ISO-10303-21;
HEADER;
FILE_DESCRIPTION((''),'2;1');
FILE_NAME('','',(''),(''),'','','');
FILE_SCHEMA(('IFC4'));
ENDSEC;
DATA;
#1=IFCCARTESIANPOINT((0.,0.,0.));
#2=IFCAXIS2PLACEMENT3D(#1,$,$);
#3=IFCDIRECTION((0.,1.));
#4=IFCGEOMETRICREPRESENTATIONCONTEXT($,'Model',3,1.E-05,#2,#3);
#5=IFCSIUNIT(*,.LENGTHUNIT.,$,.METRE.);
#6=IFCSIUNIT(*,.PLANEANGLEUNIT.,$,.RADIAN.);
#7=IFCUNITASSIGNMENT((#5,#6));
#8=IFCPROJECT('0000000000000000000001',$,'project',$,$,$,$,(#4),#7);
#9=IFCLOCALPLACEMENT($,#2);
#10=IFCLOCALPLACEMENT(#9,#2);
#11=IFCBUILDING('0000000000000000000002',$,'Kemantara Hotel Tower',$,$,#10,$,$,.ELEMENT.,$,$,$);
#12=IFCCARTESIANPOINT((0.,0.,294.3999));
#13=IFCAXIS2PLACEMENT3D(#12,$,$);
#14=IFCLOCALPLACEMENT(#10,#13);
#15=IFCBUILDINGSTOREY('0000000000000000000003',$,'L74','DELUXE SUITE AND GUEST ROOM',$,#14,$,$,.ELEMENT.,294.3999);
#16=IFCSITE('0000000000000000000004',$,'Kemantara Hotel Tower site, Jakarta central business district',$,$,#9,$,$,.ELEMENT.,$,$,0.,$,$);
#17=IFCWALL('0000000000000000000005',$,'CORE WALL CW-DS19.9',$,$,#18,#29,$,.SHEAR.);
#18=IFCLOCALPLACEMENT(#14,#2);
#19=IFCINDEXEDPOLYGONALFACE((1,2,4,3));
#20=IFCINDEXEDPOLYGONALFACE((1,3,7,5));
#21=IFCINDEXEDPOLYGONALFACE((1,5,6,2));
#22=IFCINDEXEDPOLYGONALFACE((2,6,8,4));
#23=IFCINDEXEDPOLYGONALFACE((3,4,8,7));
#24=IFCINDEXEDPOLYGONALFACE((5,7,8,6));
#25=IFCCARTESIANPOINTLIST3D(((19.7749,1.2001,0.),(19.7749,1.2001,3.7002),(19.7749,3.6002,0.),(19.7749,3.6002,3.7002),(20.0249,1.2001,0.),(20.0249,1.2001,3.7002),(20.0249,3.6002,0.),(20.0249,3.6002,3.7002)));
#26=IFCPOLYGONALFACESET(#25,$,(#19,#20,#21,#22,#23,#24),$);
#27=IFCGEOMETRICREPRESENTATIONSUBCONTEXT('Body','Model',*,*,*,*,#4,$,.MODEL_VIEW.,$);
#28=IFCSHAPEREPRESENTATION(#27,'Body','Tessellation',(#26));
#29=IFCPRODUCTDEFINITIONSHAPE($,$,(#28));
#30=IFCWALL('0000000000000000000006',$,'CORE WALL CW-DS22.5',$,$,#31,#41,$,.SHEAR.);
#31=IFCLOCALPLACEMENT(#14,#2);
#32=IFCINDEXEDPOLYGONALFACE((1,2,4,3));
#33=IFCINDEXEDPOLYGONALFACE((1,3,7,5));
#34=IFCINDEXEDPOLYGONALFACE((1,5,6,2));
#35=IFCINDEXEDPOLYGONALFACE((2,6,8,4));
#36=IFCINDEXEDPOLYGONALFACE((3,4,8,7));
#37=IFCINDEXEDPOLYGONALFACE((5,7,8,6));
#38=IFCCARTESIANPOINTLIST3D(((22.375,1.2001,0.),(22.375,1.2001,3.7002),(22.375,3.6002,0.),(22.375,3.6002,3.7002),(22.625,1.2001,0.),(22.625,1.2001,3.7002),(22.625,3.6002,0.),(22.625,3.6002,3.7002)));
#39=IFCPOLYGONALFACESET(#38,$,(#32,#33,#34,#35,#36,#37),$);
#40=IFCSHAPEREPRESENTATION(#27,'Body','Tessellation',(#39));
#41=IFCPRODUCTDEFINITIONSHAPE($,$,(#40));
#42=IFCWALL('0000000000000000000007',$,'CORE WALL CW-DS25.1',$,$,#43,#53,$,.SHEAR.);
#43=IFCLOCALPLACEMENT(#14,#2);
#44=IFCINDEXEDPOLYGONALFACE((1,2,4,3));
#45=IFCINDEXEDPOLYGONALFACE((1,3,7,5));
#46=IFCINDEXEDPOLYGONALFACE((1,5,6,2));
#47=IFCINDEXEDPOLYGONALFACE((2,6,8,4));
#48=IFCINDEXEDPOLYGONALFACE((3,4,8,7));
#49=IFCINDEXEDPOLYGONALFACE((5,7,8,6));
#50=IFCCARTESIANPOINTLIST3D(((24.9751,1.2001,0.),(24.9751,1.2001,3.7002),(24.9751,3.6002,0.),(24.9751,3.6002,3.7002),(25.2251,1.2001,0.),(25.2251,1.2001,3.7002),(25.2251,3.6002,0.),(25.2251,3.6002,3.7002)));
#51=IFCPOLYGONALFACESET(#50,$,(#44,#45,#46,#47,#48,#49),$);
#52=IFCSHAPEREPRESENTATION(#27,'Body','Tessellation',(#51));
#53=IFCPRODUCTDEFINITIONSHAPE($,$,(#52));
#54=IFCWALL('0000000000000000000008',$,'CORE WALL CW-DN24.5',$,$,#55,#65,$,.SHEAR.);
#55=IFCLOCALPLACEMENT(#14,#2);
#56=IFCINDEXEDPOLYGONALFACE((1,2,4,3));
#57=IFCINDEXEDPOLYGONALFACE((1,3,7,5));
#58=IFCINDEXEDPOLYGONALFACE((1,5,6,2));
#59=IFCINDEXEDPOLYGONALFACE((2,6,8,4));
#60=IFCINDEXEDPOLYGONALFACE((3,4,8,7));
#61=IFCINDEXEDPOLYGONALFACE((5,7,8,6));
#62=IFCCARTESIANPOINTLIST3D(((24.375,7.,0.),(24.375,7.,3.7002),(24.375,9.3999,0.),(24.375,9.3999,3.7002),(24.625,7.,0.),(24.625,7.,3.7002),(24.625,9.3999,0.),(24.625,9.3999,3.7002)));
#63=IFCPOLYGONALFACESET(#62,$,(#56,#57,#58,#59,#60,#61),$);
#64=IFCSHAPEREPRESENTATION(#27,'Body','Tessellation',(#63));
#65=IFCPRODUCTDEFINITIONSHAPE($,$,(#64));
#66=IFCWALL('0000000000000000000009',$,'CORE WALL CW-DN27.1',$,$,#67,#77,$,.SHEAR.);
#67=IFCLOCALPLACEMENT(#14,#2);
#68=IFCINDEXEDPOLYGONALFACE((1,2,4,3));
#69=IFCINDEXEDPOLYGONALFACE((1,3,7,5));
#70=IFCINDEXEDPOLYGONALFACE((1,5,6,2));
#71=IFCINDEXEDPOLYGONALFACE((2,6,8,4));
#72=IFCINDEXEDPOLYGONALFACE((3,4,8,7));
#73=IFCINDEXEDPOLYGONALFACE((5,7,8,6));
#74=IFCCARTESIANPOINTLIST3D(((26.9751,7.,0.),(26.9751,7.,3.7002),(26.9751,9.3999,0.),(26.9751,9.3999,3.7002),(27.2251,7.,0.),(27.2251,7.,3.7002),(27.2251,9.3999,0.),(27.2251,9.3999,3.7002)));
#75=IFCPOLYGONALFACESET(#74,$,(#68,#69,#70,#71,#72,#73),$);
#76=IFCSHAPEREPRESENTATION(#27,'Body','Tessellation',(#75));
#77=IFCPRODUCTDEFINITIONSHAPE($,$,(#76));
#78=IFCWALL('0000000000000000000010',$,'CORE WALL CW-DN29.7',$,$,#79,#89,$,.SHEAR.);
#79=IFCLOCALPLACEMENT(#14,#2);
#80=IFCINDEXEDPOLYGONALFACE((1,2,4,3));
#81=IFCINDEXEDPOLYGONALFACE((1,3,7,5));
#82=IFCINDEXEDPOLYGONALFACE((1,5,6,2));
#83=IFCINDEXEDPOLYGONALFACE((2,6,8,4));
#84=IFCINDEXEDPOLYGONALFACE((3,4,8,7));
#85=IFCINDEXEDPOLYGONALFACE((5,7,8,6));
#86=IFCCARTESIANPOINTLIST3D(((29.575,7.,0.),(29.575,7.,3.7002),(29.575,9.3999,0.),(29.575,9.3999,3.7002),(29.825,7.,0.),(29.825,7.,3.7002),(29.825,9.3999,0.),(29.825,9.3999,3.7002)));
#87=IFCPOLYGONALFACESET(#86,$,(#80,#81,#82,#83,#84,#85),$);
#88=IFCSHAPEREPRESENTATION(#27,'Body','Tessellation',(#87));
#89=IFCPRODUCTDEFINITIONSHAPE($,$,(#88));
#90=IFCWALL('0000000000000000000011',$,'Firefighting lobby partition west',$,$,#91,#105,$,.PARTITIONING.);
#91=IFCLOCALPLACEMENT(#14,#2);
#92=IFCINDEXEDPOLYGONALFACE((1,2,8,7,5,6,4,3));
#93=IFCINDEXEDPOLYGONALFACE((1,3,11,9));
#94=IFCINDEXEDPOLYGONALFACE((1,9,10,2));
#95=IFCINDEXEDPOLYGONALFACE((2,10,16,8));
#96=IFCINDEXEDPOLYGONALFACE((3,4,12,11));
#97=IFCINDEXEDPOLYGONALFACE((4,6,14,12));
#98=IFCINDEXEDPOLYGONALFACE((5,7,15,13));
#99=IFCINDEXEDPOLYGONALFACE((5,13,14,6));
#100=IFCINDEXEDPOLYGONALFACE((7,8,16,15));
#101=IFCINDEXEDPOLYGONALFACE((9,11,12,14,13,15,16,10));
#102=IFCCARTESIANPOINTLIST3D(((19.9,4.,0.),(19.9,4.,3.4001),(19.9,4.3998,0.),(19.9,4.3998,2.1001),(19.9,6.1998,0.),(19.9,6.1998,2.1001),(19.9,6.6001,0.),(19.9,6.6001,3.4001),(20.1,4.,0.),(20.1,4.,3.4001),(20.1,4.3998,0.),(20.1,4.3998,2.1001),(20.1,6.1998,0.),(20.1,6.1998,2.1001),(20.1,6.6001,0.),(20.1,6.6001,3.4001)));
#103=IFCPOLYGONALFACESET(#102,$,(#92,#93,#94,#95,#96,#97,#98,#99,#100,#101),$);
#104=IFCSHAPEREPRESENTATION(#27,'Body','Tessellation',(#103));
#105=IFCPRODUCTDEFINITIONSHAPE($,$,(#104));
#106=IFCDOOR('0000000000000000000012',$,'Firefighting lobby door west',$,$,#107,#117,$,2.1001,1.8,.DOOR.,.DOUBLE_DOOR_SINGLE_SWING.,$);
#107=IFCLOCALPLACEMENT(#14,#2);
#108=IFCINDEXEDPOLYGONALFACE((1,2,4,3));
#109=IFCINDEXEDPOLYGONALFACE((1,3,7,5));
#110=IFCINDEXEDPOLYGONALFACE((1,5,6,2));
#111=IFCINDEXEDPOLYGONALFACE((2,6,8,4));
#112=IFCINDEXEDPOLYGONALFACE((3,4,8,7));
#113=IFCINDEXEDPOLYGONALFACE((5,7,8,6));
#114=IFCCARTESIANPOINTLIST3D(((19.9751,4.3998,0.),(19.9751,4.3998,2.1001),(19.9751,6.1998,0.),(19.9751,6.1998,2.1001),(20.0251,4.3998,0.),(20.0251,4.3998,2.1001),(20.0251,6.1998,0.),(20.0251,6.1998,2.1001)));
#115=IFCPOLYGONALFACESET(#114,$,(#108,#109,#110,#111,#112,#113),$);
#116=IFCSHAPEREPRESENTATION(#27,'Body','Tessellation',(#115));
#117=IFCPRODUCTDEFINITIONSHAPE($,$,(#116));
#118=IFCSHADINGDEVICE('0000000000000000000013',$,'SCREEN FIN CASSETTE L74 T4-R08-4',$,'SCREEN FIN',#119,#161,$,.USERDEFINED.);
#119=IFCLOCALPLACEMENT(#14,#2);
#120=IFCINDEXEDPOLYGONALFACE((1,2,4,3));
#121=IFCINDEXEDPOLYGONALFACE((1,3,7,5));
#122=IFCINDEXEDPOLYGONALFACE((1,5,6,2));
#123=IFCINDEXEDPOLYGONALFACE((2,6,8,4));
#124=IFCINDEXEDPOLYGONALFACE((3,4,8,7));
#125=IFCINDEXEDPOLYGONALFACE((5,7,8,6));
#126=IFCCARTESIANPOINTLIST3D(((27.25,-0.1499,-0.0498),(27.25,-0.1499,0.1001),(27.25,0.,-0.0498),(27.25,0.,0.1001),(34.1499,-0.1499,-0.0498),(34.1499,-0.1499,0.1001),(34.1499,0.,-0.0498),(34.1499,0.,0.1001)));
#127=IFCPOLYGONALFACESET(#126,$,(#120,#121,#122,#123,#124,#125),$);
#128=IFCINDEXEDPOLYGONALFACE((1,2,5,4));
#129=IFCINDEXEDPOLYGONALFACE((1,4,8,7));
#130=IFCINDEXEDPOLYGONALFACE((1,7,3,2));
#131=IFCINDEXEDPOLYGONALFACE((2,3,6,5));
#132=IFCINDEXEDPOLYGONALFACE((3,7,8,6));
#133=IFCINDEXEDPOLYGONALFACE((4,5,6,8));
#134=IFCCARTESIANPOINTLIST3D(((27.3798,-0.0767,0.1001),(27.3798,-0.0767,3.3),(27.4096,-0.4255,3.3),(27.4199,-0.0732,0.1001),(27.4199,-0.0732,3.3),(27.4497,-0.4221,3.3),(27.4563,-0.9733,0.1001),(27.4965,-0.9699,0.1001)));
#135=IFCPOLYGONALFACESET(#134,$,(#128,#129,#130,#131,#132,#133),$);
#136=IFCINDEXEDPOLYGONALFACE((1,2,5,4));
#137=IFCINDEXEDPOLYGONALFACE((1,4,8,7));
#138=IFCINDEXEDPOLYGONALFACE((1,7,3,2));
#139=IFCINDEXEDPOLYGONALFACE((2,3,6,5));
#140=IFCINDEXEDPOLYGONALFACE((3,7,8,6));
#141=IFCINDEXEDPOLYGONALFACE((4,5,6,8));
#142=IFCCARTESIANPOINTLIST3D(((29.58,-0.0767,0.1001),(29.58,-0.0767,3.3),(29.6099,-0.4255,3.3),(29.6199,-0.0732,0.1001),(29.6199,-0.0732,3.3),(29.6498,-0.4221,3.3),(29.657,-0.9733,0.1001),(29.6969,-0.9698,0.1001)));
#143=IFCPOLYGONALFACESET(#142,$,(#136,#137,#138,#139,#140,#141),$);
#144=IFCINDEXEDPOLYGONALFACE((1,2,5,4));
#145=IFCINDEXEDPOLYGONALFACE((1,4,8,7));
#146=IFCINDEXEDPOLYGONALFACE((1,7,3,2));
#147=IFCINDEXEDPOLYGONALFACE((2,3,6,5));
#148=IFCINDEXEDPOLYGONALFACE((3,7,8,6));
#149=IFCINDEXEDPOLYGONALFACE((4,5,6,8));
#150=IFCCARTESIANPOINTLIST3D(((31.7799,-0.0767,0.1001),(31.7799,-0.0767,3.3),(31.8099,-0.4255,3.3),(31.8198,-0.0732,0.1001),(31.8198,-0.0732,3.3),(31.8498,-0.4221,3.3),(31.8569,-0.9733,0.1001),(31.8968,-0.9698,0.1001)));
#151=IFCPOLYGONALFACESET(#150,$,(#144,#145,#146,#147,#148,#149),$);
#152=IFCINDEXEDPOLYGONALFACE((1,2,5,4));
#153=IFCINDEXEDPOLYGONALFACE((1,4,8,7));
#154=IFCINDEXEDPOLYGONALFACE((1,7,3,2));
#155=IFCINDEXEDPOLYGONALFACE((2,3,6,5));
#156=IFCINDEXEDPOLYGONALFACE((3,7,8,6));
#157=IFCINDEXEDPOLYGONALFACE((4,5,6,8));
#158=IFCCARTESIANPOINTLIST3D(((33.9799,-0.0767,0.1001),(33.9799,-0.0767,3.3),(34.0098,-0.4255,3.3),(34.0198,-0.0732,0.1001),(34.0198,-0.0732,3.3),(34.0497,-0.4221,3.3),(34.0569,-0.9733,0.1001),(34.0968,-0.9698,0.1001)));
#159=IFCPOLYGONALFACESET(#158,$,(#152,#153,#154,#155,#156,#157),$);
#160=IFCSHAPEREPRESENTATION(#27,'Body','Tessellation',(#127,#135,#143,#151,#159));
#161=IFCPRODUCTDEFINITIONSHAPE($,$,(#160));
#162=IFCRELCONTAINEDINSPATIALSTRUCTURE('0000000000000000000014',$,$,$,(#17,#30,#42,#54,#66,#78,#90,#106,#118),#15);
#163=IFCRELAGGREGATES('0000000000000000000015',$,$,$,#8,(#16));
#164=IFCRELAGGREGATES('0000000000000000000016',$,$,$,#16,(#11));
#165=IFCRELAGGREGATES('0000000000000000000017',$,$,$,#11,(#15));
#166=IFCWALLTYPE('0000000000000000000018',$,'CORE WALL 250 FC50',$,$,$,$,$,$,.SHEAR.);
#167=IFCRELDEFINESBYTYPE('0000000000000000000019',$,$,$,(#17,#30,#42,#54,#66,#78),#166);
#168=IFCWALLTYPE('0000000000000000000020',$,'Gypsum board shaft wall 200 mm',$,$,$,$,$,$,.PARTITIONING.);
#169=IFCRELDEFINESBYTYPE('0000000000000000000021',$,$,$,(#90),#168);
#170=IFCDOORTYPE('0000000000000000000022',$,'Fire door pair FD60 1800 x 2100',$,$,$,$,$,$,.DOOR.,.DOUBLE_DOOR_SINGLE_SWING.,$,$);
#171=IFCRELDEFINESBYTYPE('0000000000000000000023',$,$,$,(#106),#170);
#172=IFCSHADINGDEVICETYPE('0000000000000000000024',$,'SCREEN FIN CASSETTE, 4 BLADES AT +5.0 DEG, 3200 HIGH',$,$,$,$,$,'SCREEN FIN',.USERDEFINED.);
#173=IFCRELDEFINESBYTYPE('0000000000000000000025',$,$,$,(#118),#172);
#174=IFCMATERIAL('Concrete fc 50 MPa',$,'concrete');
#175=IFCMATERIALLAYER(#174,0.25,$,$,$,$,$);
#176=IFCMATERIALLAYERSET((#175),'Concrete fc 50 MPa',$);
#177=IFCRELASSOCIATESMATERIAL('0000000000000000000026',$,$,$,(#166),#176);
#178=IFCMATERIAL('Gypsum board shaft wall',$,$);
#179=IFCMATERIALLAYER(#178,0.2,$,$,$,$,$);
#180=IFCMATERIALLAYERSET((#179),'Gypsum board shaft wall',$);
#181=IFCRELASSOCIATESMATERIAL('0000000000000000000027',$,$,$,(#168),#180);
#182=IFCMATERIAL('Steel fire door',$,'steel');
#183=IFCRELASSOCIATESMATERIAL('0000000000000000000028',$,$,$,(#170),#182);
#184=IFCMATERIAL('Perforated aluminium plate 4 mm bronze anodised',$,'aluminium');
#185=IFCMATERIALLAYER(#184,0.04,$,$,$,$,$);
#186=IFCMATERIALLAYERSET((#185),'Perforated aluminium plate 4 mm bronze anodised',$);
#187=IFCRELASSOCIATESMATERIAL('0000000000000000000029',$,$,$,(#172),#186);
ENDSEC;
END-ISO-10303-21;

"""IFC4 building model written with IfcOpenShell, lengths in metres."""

from ifc_helpers import new_model, si_unit, direction, frame, frame_2d, origin, origin_2d, place, context, subcontext, project, spatial, polyline, rectangle, outline, extrude, source, transform, mapped, material, layer, layer_set, type_object, element, fill, save


model = new_model("IFC4")

# Units and contexts
model_context = context("Model", 3, precision=1e-05, world=origin(), true_north=direction((0.0, 1.0)))
body_context = subcontext(model_context, "Body", "Model", "MODEL_VIEW")
ifc_project = project(units=[si_unit("LENGTHUNIT", "METRE"), si_unit("PLANEANGLEUNIT", "RADIAN")], contexts=[model_context])

# Site, building, storey
site_placement = place(None, origin())
site = spatial("IfcSite", under=ifc_project, at=site_placement, Name="Kemantara Hotel Tower site, Jakarta central business district", CompositionType="ELEMENT", RefElevation=0.0)
building_placement = place(site_placement, origin())
building = spatial("IfcBuilding", under=site, at=building_placement, Name="Kemantara Hotel Tower", CompositionType="ELEMENT")
storey_placement = place(building_placement, frame((0.0, 0.0, 294.3999)))
storey = spatial("IfcBuildingStorey", under=building, at=storey_placement, Name="L74", Description="DELUXE SUITE AND GUEST ROOM", CompositionType="ELEMENT", Elevation=294.3999)

# Walls
ifc_material_1 = material(Name="Concrete fc 50 MPa", Category="concrete")
ifc_layer_1 = layer(ifc_material_1, 0.25)
ifc_layer_set_1 = layer_set([ifc_layer_1], Name="Concrete fc 50 MPa")
wall_type_1 = type_object("IfcWallType", Name="CORE WALL 250 FC50", PredefinedType="SHEAR", material=ifc_layer_set_1)
for number, where, z_axis, x_axis, name in (
    (1, (19.8999, 1.2, 0.0), (0.0, 0.0, 1.0), (0.0, 1.0, 0.0), "CORE WALL CW-DS19.9"),
    (2, (22.5, 1.2, 0.0), (0.0, 0.0, 1.0), (0.0, 1.0, 0.0), "CORE WALL CW-DS22.5"),
    (3, (25.1001, 1.2, 0.0), (0.0, 0.0, 1.0), (0.0, 1.0, 0.0), "CORE WALL CW-DS25.1"),
):
    element("IfcWall", number, at=place(storey_placement, frame(where, z_axis=z_axis, x_axis=x_axis)), inside=storey, type_object=wall_type_1, Name=name, PredefinedType="SHEAR", context=body_context, shape_type="SweptSolid", body=[
        extrude(rectangle(XDim=2.4001, YDim=0.25, at=frame_2d((1.2002, 0.0))), origin(), (0.0, 0.0, 1.0), 3.7002),
    ])
for number, where, z_axis, x_axis, name in (
    (4, (24.5, 7.0, 0.0), (0.0, 0.0, 1.0), (0.0, 1.0, 0.0), "CORE WALL CW-DN24.5"),
    (5, (27.1001, 7.0, 0.0), (0.0, 0.0, 1.0), (0.0, 1.0, 0.0), "CORE WALL CW-DN27.1"),
    (6, (29.7, 7.0, 0.0), (0.0, 0.0, 1.0), (0.0, 1.0, 0.0), "CORE WALL CW-DN29.7"),
):
    element("IfcWall", number, at=place(storey_placement, frame(where, z_axis=z_axis, x_axis=x_axis)), inside=storey, type_object=wall_type_1, Name=name, PredefinedType="SHEAR", context=body_context, shape_type="SweptSolid", body=[
        extrude(rectangle(XDim=2.3999, YDim=0.25, at=frame_2d((1.2, 0.0))), origin(), (0.0, 0.0, 1.0), 3.7002),
    ])

# Wall, opening, door
ifc_material_2 = material(Name="Gypsum board shaft wall")
ifc_layer_2 = layer(ifc_material_2, 0.2)
ifc_layer_set_2 = layer_set([ifc_layer_2], Name="Gypsum board shaft wall")
wall_type_2 = type_object("IfcWallType", Name="Gypsum board shaft wall 200 mm", PredefinedType="PARTITIONING", material=ifc_layer_set_2)
wall_placement = place(storey_placement, frame((20.0, 4.0, 0.0), z_axis=(0.0, 0.0, 1.0), x_axis=(0.0, 1.0, 0.0)))
wall = element("IfcWall", 7, at=wall_placement, inside=storey, type_object=wall_type_2, Name="Firefighting lobby partition west", PredefinedType="PARTITIONING", context=body_context, shape_type="SweptSolid", body=[
    extrude(rectangle(XDim=2.6001, YDim=0.2, at=frame_2d((1.3, 0.0))), origin(), (0.0, 0.0, 1.0), 3.4001),
])
opening_placement = place(wall_placement, frame((0.3999, 0.0, 0.0)))
opening = element("IfcOpeningElement", 8, at=opening_placement, cuts=wall, PredefinedType="OPENING", context=body_context, shape_type="SweptSolid", body=[
    extrude(rectangle(XDim=1.8, YDim=2.1001, at=frame_2d((0.8999, 1.05))), frame((0.0, 0.1099, 0.0), z_axis=(0.0, -1.0, 0.0), x_axis=(1.0, 0.0, 0.0)), (0.0, 0.0, 1.0), 0.22),
])
ifc_material_3 = material(Name="Steel fire door", Category="steel")
door_type = type_object("IfcDoorType", Name="Fire door pair FD60 1800 x 2100", OperationType="DOUBLE_DOOR_SINGLE_SWING", PredefinedType="DOOR", material=ifc_material_3)
door_placement = place(opening_placement, origin())
door = element("IfcDoor", 9, at=door_placement, inside=storey, type_object=door_type, Name="Firefighting lobby door west", OperationType="DOUBLE_DOOR_SINGLE_SWING", OverallHeight=2.1001, OverallWidth=1.8, PredefinedType="DOOR", context=body_context, shape_type="SweptSolid", body=[
    extrude(rectangle(XDim=1.8, YDim=2.1001, at=frame_2d((0.8999, 1.05))), frame((0.0, 0.0249, 0.0), z_axis=(0.0, -1.0, 0.0), x_axis=(1.0, 0.0, 0.0)), (0.0, 0.0, 1.0), 0.05),
])
fill(opening, door)

# Shading device
ifc_material_4 = material(Name="Perforated aluminium plate 4 mm bronze anodised", Category="aluminium")
ifc_layer_3 = layer(ifc_material_4, 0.04)
ifc_layer_set_3 = layer_set([ifc_layer_3], Name="Perforated aluminium plate 4 mm bronze anodised")
shading_device_type = type_object("IfcShadingDeviceType", Name="SCREEN FIN CASSETTE, 4 BLADES AT +5.0 DEG, 3200 HIGH", ElementType="SCREEN FIN", PredefinedType="USERDEFINED", material=ifc_layer_set_3)
shared_shape = source(origin(), body_context, "Body", "SweptSolid", [
    extrude(rectangle(XDim=6.8999, YDim=0.1499, at=origin_2d()), frame((3.3, -0.075, -0.1499), z_axis=(0.0, 0.0, 1.0), x_axis=(1.0, 0.0, 0.0)), (0.0, 0.0, 1.0), 0.1499),
    extrude(outline(polyline([(0.0, 0.0), (0.8999, 0.0), (0.3501, 3.2), (0.0, 3.2), (0.0, 0.0)])), frame((0.02, -0.0732, 0.0), z_axis=(-0.996376, -0.085056, 0.0), x_axis=(0.085056, -0.996376, 0.0)), (0.0, 0.0, 1.0), 0.0403),
    extrude(outline(polyline([(0.0, 0.0), (0.8999, 0.0), (0.3501, 3.2), (0.0, 3.2), (0.0, 0.0)])), frame((2.22, -0.0732, 0.0), z_axis=(-0.996332, -0.085575, 0.0), x_axis=(0.085575, -0.996332, 0.0)), (0.0, 0.0, 1.0), 0.04),
    extrude(outline(polyline([(0.0, 0.0), (0.8999, 0.0), (0.3501, 3.2), (0.0, 3.2), (0.0, 0.0)])), frame((4.4199, -0.0732, 0.0), z_axis=(-0.996332, -0.085575, 0.0), x_axis=(0.085575, -0.996332, 0.0)), (0.0, 0.0, 1.0), 0.04),
    extrude(outline(polyline([(0.0, 0.0), (0.8999, 0.0), (0.3501, 3.2), (0.0, 3.2), (0.0, 0.0)])), frame((6.6199, -0.0732, 0.0), z_axis=(-0.996332, -0.085575, 0.0), x_axis=(0.085575, -0.996332, 0.0)), (0.0, 0.0, 1.0), 0.04),
])
shading_device_placement = place(storey_placement, frame((27.3999, 0.0, 0.1001), z_axis=(0.0, 0.0, 1.0), x_axis=(1.0, 0.0, 0.0)))
element("IfcShadingDevice", 10, at=shading_device_placement, inside=storey, type_object=shading_device_type, Name="SCREEN FIN CASSETTE L74 T4-R08-4", ObjectType="SCREEN FIN", PredefinedType="USERDEFINED", context=body_context, shape_type="MappedRepresentation", body=[
    mapped(shared_shape, transform((0.0, 0.0, 0.0))),
])

save(model, "model.ifc")
